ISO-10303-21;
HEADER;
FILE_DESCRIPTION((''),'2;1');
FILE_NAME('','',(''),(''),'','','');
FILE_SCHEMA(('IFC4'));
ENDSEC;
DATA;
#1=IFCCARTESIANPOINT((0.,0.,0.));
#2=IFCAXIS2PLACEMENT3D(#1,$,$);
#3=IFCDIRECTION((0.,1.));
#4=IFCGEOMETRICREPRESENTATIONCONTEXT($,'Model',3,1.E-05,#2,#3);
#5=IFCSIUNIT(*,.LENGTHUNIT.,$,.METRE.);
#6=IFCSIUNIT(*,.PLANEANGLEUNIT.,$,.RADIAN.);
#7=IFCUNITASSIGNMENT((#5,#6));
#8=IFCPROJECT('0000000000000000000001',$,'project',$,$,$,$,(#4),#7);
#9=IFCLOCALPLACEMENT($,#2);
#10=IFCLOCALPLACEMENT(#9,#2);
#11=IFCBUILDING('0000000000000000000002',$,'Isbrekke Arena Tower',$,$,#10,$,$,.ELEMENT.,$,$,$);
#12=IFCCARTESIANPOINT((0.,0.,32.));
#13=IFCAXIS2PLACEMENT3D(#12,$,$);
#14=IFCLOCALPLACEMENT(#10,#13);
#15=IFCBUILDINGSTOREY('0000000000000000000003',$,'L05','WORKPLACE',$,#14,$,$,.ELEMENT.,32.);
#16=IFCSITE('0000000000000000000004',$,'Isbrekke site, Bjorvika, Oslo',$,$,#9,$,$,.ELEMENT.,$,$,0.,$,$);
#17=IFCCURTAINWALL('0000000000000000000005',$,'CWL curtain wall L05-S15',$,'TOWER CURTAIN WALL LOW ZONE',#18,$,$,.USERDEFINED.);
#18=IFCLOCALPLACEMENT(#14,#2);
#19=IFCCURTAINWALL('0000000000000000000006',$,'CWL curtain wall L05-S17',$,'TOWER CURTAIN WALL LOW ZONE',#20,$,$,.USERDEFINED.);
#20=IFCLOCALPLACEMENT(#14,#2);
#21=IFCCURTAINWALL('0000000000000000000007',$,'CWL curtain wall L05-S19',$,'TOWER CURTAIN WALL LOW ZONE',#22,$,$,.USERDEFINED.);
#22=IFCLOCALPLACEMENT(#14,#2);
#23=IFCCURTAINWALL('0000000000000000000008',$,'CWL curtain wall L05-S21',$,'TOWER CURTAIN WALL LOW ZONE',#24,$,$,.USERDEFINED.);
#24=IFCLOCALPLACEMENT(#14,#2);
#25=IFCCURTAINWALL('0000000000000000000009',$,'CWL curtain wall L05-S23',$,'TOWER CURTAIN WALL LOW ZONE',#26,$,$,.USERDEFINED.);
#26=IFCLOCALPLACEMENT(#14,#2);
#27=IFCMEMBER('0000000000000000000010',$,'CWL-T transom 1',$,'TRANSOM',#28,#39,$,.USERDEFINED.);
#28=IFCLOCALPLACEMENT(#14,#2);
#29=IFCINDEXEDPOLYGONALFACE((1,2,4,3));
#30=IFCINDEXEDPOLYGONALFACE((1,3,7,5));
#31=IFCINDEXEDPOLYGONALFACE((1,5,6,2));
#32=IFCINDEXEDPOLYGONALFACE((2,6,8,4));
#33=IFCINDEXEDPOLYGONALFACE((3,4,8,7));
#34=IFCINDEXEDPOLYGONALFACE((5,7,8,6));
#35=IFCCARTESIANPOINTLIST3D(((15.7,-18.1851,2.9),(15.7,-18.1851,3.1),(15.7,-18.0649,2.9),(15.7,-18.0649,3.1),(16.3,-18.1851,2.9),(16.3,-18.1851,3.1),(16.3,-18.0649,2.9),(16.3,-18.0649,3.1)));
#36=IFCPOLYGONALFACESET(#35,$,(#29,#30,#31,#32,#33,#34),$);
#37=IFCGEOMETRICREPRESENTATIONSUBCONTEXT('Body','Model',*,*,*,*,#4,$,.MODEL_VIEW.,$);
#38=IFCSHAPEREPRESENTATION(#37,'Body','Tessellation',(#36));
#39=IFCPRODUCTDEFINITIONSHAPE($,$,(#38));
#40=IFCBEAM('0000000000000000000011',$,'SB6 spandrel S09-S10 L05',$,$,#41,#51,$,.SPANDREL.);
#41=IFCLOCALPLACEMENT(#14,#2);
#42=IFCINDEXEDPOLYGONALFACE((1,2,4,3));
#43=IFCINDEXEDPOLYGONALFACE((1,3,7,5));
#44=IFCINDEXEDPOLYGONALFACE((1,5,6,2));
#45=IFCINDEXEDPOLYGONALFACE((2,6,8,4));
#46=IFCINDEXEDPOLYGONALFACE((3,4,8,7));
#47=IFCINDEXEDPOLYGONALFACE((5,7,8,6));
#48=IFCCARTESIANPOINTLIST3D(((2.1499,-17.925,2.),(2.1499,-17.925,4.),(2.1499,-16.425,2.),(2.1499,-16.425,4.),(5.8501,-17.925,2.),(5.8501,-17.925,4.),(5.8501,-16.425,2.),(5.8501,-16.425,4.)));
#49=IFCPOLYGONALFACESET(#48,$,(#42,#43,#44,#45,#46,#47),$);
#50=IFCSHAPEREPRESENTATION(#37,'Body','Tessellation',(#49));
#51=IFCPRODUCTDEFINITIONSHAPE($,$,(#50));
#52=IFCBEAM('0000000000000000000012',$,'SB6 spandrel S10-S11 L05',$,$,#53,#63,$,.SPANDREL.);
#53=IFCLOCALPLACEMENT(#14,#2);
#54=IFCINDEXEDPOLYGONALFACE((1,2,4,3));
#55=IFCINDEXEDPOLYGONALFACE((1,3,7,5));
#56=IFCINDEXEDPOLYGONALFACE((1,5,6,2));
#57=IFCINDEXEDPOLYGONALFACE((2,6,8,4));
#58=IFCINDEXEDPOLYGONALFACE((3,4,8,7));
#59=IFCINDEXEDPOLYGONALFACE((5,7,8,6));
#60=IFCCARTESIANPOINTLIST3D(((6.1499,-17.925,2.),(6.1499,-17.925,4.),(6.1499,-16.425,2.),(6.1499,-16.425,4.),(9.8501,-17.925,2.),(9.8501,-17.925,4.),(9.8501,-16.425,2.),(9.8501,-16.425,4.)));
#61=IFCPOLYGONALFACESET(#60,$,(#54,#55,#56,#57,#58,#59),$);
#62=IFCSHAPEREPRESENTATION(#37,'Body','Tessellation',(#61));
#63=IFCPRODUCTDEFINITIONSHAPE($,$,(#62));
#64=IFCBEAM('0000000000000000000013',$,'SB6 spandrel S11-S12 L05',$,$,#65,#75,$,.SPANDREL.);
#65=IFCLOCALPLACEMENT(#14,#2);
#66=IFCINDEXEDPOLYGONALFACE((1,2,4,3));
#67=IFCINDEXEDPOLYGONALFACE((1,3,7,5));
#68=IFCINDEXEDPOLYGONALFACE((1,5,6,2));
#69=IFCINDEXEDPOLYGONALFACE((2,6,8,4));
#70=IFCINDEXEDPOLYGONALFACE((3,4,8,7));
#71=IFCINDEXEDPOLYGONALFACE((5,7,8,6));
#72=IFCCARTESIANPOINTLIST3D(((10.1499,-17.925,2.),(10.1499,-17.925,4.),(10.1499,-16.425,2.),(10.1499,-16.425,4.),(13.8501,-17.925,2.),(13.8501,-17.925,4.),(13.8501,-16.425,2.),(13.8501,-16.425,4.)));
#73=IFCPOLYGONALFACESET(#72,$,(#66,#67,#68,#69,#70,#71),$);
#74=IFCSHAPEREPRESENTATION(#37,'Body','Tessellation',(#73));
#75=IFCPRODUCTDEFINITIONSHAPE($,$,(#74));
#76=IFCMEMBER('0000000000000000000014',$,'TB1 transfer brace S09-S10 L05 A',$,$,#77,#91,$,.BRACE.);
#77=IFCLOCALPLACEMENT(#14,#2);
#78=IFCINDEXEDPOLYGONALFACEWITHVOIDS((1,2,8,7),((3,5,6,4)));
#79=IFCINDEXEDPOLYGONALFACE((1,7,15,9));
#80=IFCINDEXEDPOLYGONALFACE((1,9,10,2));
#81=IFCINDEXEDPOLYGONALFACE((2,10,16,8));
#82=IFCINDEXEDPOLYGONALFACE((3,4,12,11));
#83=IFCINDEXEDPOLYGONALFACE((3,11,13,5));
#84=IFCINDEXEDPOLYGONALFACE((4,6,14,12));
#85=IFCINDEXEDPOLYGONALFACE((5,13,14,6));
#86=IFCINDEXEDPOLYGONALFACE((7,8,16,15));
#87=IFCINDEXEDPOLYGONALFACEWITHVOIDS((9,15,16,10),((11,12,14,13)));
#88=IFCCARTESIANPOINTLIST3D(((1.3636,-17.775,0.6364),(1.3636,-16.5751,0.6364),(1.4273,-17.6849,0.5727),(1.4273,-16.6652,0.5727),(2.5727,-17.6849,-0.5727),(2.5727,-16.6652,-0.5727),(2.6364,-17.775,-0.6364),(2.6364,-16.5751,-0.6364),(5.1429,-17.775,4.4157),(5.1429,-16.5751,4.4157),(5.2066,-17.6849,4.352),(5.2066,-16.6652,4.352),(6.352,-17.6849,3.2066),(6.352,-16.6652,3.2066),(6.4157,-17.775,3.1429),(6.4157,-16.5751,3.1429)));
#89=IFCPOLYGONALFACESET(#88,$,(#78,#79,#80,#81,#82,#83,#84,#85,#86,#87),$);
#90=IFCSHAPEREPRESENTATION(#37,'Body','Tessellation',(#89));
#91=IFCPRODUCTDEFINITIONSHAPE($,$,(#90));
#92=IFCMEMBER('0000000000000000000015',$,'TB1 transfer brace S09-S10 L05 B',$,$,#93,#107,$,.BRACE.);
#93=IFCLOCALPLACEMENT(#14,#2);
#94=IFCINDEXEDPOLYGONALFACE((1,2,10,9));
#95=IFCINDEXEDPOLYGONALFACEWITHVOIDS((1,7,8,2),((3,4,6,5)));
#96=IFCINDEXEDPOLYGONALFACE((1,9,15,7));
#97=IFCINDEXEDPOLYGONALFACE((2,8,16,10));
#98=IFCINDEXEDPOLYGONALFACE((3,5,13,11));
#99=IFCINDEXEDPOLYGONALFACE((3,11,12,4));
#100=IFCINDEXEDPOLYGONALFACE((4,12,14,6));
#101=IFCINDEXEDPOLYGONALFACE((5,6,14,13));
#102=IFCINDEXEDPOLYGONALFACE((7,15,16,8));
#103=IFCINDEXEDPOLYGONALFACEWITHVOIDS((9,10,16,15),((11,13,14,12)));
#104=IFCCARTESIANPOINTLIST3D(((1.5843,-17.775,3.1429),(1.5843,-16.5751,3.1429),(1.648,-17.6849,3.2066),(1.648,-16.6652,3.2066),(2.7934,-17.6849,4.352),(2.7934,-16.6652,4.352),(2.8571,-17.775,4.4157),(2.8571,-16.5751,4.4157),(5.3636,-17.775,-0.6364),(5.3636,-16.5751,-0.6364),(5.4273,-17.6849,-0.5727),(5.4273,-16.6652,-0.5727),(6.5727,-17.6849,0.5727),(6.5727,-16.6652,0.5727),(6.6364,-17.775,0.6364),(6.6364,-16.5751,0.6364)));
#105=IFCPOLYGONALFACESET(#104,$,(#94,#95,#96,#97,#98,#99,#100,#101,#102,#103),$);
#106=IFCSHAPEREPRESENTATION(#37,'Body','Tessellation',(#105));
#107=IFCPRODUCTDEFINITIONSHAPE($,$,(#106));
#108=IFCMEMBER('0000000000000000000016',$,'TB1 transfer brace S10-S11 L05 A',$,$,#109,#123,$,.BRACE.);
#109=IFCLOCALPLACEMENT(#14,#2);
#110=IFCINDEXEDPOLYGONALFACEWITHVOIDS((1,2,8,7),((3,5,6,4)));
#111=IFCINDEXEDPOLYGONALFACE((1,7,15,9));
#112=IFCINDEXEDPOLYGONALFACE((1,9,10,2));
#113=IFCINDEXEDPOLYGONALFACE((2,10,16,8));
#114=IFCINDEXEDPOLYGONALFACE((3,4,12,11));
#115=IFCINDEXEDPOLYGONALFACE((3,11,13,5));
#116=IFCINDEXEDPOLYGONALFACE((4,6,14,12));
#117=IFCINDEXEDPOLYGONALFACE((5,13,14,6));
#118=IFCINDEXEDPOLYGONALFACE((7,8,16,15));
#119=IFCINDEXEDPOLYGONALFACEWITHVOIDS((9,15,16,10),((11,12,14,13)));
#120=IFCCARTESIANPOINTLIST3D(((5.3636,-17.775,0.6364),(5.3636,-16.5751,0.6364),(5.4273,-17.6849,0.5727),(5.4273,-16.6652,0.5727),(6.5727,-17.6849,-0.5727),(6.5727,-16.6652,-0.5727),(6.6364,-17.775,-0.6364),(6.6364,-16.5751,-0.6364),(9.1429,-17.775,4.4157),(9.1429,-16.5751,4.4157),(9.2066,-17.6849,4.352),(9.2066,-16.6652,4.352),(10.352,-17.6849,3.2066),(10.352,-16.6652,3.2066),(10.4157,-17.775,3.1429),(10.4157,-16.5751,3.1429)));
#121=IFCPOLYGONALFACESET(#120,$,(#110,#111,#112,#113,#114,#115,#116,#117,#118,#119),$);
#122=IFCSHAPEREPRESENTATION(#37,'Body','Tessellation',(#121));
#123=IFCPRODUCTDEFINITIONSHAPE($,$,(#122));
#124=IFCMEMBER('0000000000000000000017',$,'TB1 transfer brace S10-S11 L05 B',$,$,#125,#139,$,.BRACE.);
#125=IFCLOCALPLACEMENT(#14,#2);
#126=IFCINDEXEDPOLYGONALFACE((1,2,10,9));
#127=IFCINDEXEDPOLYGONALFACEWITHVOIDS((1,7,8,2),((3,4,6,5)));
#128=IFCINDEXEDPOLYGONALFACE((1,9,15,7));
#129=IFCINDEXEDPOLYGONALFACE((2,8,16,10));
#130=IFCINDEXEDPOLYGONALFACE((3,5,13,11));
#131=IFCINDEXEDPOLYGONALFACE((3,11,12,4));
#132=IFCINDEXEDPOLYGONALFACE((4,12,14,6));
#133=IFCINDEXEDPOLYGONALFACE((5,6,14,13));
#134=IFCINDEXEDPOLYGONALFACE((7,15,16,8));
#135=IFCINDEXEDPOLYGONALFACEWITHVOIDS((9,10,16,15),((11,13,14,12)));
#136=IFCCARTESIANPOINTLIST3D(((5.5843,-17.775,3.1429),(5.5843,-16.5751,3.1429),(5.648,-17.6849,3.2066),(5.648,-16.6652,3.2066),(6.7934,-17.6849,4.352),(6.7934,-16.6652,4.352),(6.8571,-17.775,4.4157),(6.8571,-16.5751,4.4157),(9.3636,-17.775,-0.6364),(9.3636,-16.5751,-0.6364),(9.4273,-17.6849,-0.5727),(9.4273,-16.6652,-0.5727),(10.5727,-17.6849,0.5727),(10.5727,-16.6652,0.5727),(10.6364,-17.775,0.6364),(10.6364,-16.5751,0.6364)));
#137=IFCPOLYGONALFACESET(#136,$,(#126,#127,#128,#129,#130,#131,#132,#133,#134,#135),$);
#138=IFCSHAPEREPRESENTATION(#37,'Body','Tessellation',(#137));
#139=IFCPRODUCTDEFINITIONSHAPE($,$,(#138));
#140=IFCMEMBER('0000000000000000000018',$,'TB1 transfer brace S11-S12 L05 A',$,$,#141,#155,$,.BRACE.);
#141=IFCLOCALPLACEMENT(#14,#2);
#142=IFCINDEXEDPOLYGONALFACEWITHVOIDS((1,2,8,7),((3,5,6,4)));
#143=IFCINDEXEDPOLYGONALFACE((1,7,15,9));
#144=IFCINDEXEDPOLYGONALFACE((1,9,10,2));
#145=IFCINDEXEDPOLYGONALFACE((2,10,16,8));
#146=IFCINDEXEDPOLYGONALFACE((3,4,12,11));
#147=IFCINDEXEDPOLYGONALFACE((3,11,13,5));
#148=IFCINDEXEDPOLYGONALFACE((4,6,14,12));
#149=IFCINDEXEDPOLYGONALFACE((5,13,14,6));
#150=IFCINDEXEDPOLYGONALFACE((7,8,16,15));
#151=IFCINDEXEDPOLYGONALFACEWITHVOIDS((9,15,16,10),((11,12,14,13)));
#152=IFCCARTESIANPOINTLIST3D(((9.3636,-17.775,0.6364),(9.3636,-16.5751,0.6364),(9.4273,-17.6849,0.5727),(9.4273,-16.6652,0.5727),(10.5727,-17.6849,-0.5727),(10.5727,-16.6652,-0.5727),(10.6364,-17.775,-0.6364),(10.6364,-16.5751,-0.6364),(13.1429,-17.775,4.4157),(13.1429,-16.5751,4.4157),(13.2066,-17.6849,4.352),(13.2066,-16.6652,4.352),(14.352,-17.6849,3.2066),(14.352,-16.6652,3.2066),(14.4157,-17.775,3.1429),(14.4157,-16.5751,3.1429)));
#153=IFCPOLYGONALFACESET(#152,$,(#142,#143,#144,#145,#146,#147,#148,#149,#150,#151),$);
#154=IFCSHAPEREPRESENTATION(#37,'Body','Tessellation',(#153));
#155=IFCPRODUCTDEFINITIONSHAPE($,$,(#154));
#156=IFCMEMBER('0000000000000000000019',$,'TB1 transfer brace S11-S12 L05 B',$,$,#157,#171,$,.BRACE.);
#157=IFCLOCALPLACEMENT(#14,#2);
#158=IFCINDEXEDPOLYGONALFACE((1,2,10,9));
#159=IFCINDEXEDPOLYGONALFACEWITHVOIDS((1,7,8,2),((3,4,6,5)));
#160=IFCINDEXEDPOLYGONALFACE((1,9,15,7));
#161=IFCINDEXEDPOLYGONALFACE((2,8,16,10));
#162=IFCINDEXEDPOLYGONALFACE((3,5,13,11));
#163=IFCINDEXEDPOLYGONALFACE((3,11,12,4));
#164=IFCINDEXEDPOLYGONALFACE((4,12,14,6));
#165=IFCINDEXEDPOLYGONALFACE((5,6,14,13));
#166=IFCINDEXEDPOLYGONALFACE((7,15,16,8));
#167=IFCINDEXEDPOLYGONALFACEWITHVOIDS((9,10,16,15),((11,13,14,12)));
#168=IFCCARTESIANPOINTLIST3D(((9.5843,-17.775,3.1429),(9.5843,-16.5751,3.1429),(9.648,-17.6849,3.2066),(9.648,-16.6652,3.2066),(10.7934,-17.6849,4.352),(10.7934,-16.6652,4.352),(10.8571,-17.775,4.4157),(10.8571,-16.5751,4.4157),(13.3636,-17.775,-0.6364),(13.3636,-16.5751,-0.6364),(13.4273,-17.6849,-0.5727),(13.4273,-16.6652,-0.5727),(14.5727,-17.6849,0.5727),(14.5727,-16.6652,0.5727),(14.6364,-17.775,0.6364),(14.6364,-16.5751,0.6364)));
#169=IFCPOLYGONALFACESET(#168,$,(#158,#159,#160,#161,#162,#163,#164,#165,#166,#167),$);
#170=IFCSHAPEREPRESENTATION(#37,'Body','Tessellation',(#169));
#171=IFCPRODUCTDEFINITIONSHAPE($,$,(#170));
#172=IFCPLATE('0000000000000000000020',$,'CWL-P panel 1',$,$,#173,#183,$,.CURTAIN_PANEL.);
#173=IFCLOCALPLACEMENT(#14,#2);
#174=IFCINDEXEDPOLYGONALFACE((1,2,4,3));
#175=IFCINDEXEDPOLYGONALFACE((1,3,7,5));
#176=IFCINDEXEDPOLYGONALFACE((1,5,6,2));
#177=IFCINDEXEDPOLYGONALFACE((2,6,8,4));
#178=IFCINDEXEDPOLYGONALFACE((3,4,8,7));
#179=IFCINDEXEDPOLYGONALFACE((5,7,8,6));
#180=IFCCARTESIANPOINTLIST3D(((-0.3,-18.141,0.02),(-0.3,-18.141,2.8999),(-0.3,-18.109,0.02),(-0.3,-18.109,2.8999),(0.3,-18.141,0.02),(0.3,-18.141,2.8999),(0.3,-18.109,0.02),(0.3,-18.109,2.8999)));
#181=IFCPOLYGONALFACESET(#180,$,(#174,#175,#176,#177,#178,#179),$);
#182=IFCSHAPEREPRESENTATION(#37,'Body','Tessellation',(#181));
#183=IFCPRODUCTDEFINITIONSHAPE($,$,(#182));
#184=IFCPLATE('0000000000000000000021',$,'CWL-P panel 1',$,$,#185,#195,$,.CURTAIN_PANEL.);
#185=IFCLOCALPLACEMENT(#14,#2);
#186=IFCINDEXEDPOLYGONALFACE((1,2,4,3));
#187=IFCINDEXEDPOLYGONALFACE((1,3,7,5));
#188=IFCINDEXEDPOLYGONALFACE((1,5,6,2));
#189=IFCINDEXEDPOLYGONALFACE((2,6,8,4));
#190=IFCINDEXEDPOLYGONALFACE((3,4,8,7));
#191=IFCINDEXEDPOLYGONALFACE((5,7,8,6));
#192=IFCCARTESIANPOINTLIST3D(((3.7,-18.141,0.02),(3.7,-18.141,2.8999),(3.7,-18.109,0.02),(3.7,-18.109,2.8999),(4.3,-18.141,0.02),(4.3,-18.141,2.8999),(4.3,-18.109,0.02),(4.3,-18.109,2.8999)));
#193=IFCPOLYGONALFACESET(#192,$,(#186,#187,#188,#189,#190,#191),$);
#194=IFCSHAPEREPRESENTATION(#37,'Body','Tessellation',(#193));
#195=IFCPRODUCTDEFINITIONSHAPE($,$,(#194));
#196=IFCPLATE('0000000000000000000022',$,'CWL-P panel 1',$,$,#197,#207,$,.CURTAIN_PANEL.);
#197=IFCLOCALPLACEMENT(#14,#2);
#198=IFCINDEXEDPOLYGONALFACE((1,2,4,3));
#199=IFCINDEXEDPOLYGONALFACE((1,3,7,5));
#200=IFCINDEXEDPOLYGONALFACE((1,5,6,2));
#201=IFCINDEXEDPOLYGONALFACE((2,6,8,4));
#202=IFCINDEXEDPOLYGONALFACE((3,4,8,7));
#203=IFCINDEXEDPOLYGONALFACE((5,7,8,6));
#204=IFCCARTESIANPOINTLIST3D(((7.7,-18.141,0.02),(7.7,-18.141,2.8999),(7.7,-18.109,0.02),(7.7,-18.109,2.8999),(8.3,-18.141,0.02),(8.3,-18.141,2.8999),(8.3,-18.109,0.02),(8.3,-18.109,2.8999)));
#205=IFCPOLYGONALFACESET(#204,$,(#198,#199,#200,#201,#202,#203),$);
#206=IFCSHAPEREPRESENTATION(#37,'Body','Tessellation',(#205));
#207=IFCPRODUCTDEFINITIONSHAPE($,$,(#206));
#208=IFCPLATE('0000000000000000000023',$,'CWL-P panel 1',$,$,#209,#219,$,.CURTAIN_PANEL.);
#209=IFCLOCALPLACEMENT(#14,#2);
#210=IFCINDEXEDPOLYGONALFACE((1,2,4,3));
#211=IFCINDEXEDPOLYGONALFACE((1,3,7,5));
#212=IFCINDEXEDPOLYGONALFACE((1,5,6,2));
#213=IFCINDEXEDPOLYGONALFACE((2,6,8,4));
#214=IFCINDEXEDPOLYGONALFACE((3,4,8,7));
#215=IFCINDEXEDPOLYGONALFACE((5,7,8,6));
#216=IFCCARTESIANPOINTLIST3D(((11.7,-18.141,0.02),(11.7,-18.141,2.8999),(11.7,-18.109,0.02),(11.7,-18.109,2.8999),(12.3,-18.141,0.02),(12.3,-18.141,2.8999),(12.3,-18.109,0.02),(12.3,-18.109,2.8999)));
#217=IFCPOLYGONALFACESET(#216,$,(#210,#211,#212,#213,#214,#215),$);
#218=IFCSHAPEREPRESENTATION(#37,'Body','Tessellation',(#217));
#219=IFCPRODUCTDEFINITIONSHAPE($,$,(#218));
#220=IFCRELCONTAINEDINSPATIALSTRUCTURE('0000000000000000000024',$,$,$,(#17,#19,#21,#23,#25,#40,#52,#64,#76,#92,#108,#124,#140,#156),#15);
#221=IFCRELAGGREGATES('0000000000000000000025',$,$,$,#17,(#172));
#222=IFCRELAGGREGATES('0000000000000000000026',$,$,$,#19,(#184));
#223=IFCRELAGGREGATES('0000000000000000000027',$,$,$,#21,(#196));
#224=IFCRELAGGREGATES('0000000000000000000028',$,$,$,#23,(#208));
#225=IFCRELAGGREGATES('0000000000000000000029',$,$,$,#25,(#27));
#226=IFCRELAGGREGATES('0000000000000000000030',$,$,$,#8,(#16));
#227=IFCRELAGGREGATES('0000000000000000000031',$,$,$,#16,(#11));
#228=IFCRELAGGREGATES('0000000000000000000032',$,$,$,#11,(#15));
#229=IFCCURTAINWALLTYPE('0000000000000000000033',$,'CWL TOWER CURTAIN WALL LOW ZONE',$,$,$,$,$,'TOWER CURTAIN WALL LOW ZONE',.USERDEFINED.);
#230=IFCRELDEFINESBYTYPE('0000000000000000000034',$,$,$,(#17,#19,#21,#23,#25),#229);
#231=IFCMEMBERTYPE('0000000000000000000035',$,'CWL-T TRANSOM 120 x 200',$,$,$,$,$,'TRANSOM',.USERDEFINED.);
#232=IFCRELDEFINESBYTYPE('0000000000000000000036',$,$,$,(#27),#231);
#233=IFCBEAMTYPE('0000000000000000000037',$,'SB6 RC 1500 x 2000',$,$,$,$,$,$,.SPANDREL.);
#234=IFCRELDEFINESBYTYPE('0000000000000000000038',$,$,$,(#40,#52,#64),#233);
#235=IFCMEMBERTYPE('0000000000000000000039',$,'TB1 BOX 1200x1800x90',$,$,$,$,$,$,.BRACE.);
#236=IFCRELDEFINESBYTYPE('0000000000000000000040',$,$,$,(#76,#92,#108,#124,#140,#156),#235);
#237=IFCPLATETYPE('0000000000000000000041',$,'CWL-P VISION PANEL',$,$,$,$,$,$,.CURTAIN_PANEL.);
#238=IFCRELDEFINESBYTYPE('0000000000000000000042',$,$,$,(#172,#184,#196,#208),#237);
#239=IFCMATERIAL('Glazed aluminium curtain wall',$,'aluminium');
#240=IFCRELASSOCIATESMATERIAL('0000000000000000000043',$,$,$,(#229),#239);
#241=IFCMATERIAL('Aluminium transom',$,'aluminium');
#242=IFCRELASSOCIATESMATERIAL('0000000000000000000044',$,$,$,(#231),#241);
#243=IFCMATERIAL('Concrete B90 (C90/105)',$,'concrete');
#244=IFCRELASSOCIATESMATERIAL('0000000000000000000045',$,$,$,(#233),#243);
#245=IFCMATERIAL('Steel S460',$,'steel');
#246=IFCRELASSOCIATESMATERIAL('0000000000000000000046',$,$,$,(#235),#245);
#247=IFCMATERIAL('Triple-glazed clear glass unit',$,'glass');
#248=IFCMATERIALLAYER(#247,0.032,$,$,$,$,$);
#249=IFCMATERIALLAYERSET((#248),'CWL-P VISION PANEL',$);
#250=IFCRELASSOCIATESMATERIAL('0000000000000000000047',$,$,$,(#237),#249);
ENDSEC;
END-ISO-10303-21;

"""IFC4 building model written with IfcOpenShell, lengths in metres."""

from ifc_helpers import new_model, si_unit, direction, frame, origin, origin_2d, place, context, subcontext, project, spatial, rectangle, hollow_rectangle, extrude, material, layer, layer_set, material_profile, profile_set, type_object, element, aggregate, save


model = new_model("IFC4")

# Units and contexts
model_context = context("Model", 3, precision=1e-05, world=origin(), true_north=direction((0.0, 1.0)))
body_context = subcontext(model_context, "Body", "Model", "MODEL_VIEW")
ifc_project = project(units=[si_unit("LENGTHUNIT", "METRE"), si_unit("PLANEANGLEUNIT", "RADIAN")], contexts=[model_context])

# Site, building, storey
site_placement = place(None, origin())
site = spatial("IfcSite", under=ifc_project, at=site_placement, Name="Isbrekke site, Bjorvika, Oslo", CompositionType="ELEMENT", RefElevation=0.0)
building_placement = place(site_placement, origin())
building = spatial("IfcBuilding", under=site, at=building_placement, Name="Isbrekke Arena Tower", CompositionType="ELEMENT")
storey_placement = place(building_placement, frame((0.0, 0.0, 32.0)))
storey = spatial("IfcBuildingStorey", under=building, at=storey_placement, Name="L05", Description="WORKPLACE", CompositionType="ELEMENT", Elevation=32.0)

# Curtain wall
ifc_material_1 = material(Name="Glazed aluminium curtain wall", Category="aluminium")
curtain_wall_type = type_object("IfcCurtainWallType", Name="CWL TOWER CURTAIN WALL LOW ZONE", ElementType="TOWER CURTAIN WALL LOW ZONE", PredefinedType="USERDEFINED", material=ifc_material_1)
curtain_wall_1_placement = place(storey_placement, origin())
curtain_wall_1 = element("IfcCurtainWall", 1, at=curtain_wall_1_placement, inside=storey, type_object=curtain_wall_type, Name="CWL curtain wall L05-S15", ObjectType="TOWER CURTAIN WALL LOW ZONE", PredefinedType="USERDEFINED")

# Curtain walls
curtain_wall_2_placement = place(storey_placement, origin())
curtain_wall_2 = element("IfcCurtainWall", 2, at=curtain_wall_2_placement, inside=storey, type_object=curtain_wall_type, Name="CWL curtain wall L05-S17", ObjectType="TOWER CURTAIN WALL LOW ZONE", PredefinedType="USERDEFINED")
curtain_wall_3_placement = place(storey_placement, origin())
curtain_wall_3 = element("IfcCurtainWall", 3, at=curtain_wall_3_placement, inside=storey, type_object=curtain_wall_type, Name="CWL curtain wall L05-S19", ObjectType="TOWER CURTAIN WALL LOW ZONE", PredefinedType="USERDEFINED")
curtain_wall_4_placement = place(storey_placement, origin())
curtain_wall_4 = element("IfcCurtainWall", 4, at=curtain_wall_4_placement, inside=storey, type_object=curtain_wall_type, Name="CWL curtain wall L05-S21", ObjectType="TOWER CURTAIN WALL LOW ZONE", PredefinedType="USERDEFINED")
curtain_wall_5_placement = place(storey_placement, origin())
curtain_wall_5 = element("IfcCurtainWall", 5, at=curtain_wall_5_placement, inside=storey, type_object=curtain_wall_type, Name="CWL curtain wall L05-S23", ObjectType="TOWER CURTAIN WALL LOW ZONE", PredefinedType="USERDEFINED")

# Member
ifc_material_2 = material(Name="Aluminium transom", Category="aluminium")
ifc_material_profile_1 = material_profile(ifc_material_2, rectangle(XDim=0.1201, YDim=0.2, at=origin_2d()), Name="TRANSOM 120X200")
ifc_profile_set_1 = profile_set([ifc_material_profile_1], Name="Aluminium transom")
member_type_1 = type_object("IfcMemberType", Name="CWL-T TRANSOM 120 x 200", ElementType="TRANSOM", PredefinedType="USERDEFINED", material=ifc_profile_set_1)
member_1_placement = place(storey_placement, frame((15.7, -18.125, 3.0), z_axis=(1.0, 0.0, 0.0), x_axis=(0.0, 1.0, 0.0)))
member_1 = element("IfcMember", 6, at=member_1_placement, type_object=member_type_1, Name="CWL-T transom 1", ObjectType="TRANSOM", PredefinedType="USERDEFINED", context=body_context, shape_type="SweptSolid", body=[
    extrude(rectangle(XDim=0.1201, YDim=0.2, at=origin_2d()), origin(), (0.0, 0.0, 1.0), 0.6001),
])

# Beams
ifc_material_3 = material(Name="Concrete B90 (C90/105)", Category="concrete")
ifc_material_profile_2 = material_profile(ifc_material_3, rectangle(XDim=1.5, YDim=2.0, at=origin_2d()), Name="RC 1500x2000")
ifc_profile_set_2 = profile_set([ifc_material_profile_2], Name="Concrete B90 (C90/105)")
beam_type = type_object("IfcBeamType", Name="SB6 RC 1500 x 2000", PredefinedType="SPANDREL", material=ifc_profile_set_2)
for number, where, z_axis, x_axis, name in (
    (7, (2.1499, -17.175, 3.0), (1.0, 0.0, 0.0), (0.0, 1.0, 0.0), "SB6 spandrel S09-S10 L05"),
    (8, (6.1499, -17.175, 3.0), (1.0, 0.0, 0.0), (0.0, 1.0, 0.0), "SB6 spandrel S10-S11 L05"),
    (9, (10.1499, -17.175, 3.0), (1.0, 0.0, 0.0), (0.0, 1.0, 0.0), "SB6 spandrel S11-S12 L05"),
):
    element("IfcBeam", number, at=place(storey_placement, frame(where, z_axis=z_axis, x_axis=x_axis)), inside=storey, type_object=beam_type, Name=name, PredefinedType="SPANDREL", context=body_context, shape_type="SweptSolid", body=[
        extrude(rectangle(XDim=1.5, YDim=2.0, at=origin_2d()), origin(), (0.0, 0.0, 1.0), 3.7002),
    ])

# Members
ifc_material_4 = material(Name="Steel S460", Category="steel")
ifc_material_profile_3 = material_profile(ifc_material_4, hollow_rectangle(XDim=1.2, YDim=1.8, WallThickness=0.0901, at=origin_2d()), Name="BOX 1200x1800x90")
ifc_profile_set_3 = profile_set([ifc_material_profile_3], Name="Steel S460")
member_type_2 = type_object("IfcMemberType", Name="TB1 BOX 1200x1800x90", PredefinedType="BRACE", material=ifc_profile_set_3)
for number, where, z_axis, x_axis, name in (
    (10, (2.0, -17.175, 0.0), (0.707107, 0.0, 0.707107), (0.0, 1.0, 0.0), "TB1 transfer brace S09-S10 L05 A"),
    (11, (2.2207, -17.175, 3.7793), (0.707107, 0.0, -0.707107), (0.0, 1.0, 0.0), "TB1 transfer brace S09-S10 L05 B"),
    (12, (6.0, -17.175, 0.0), (0.707107, 0.0, 0.707107), (0.0, 1.0, 0.0), "TB1 transfer brace S10-S11 L05 A"),
    (13, (6.2207, -17.175, 3.7793), (0.707107, 0.0, -0.707107), (0.0, 1.0, 0.0), "TB1 transfer brace S10-S11 L05 B"),
    (14, (10.0, -17.175, 0.0), (0.707107, 0.0, 0.707107), (0.0, 1.0, 0.0), "TB1 transfer brace S11-S12 L05 A"),
    (15, (10.2207, -17.175, 3.7793), (0.707107, 0.0, -0.707107), (0.0, 1.0, 0.0), "TB1 transfer brace S11-S12 L05 B"),
):
    element("IfcMember", number, at=place(storey_placement, frame(where, z_axis=z_axis, x_axis=x_axis)), inside=storey, type_object=member_type_2, Name=name, PredefinedType="BRACE", context=body_context, shape_type="SweptSolid", body=[
        extrude(hollow_rectangle(XDim=1.2, YDim=1.8, WallThickness=0.0901, at=origin_2d()), origin(), (0.0, 0.0, 1.0), 5.3447),
    ])

# Plates
ifc_material_5 = material(Name="Triple-glazed clear glass unit", Category="glass")
ifc_layer = layer(ifc_material_5, 0.032)
ifc_layer_set = layer_set([ifc_layer], Name="CWL-P VISION PANEL")
plate_type = type_object("IfcPlateType", Name="CWL-P VISION PANEL", PredefinedType="CURTAIN_PANEL", material=ifc_layer_set)
plate_1_placement = place(storey_placement, frame((0.0, -18.125, 0.02), z_axis=(0.0, 0.0, 1.0), x_axis=(1.0, 0.0, 0.0)))
plate_1 = element("IfcPlate", 16, at=plate_1_placement, type_object=plate_type, Name="CWL-P panel 1", PredefinedType="CURTAIN_PANEL", context=body_context, shape_type="SweptSolid", body=[
    extrude(rectangle(XDim=0.6001, YDim=0.032, at=origin_2d()), origin(), (0.0, 0.0, 1.0), 2.8799),
])
aggregate(curtain_wall_1, [plate_1])
plate_2_placement = place(storey_placement, frame((4.0, -18.125, 0.02), z_axis=(0.0, 0.0, 1.0), x_axis=(1.0, 0.0, 0.0)))
plate_2 = element("IfcPlate", 17, at=plate_2_placement, type_object=plate_type, Name="CWL-P panel 1", PredefinedType="CURTAIN_PANEL", context=body_context, shape_type="SweptSolid", body=[
    extrude(rectangle(XDim=0.6001, YDim=0.032, at=origin_2d()), origin(), (0.0, 0.0, 1.0), 2.8799),
])
aggregate(curtain_wall_2, [plate_2])
plate_3_placement = place(storey_placement, frame((8.0, -18.125, 0.02), z_axis=(0.0, 0.0, 1.0), x_axis=(1.0, 0.0, 0.0)))
plate_3 = element("IfcPlate", 18, at=plate_3_placement, type_object=plate_type, Name="CWL-P panel 1", PredefinedType="CURTAIN_PANEL", context=body_context, shape_type="SweptSolid", body=[
    extrude(rectangle(XDim=0.6001, YDim=0.032, at=origin_2d()), origin(), (0.0, 0.0, 1.0), 2.8799),
])
aggregate(curtain_wall_3, [plate_3])
plate_4_placement = place(storey_placement, frame((12.0, -18.125, 0.02), z_axis=(0.0, 0.0, 1.0), x_axis=(1.0, 0.0, 0.0)))
plate_4 = element("IfcPlate", 19, at=plate_4_placement, type_object=plate_type, Name="CWL-P panel 1", PredefinedType="CURTAIN_PANEL", context=body_context, shape_type="SweptSolid", body=[
    extrude(rectangle(XDim=0.6001, YDim=0.032, at=origin_2d()), origin(), (0.0, 0.0, 1.0), 2.8799),
])
aggregate(curtain_wall_4, [plate_4])
aggregate(curtain_wall_5, [member_1])

save(model, "model.ifc")
